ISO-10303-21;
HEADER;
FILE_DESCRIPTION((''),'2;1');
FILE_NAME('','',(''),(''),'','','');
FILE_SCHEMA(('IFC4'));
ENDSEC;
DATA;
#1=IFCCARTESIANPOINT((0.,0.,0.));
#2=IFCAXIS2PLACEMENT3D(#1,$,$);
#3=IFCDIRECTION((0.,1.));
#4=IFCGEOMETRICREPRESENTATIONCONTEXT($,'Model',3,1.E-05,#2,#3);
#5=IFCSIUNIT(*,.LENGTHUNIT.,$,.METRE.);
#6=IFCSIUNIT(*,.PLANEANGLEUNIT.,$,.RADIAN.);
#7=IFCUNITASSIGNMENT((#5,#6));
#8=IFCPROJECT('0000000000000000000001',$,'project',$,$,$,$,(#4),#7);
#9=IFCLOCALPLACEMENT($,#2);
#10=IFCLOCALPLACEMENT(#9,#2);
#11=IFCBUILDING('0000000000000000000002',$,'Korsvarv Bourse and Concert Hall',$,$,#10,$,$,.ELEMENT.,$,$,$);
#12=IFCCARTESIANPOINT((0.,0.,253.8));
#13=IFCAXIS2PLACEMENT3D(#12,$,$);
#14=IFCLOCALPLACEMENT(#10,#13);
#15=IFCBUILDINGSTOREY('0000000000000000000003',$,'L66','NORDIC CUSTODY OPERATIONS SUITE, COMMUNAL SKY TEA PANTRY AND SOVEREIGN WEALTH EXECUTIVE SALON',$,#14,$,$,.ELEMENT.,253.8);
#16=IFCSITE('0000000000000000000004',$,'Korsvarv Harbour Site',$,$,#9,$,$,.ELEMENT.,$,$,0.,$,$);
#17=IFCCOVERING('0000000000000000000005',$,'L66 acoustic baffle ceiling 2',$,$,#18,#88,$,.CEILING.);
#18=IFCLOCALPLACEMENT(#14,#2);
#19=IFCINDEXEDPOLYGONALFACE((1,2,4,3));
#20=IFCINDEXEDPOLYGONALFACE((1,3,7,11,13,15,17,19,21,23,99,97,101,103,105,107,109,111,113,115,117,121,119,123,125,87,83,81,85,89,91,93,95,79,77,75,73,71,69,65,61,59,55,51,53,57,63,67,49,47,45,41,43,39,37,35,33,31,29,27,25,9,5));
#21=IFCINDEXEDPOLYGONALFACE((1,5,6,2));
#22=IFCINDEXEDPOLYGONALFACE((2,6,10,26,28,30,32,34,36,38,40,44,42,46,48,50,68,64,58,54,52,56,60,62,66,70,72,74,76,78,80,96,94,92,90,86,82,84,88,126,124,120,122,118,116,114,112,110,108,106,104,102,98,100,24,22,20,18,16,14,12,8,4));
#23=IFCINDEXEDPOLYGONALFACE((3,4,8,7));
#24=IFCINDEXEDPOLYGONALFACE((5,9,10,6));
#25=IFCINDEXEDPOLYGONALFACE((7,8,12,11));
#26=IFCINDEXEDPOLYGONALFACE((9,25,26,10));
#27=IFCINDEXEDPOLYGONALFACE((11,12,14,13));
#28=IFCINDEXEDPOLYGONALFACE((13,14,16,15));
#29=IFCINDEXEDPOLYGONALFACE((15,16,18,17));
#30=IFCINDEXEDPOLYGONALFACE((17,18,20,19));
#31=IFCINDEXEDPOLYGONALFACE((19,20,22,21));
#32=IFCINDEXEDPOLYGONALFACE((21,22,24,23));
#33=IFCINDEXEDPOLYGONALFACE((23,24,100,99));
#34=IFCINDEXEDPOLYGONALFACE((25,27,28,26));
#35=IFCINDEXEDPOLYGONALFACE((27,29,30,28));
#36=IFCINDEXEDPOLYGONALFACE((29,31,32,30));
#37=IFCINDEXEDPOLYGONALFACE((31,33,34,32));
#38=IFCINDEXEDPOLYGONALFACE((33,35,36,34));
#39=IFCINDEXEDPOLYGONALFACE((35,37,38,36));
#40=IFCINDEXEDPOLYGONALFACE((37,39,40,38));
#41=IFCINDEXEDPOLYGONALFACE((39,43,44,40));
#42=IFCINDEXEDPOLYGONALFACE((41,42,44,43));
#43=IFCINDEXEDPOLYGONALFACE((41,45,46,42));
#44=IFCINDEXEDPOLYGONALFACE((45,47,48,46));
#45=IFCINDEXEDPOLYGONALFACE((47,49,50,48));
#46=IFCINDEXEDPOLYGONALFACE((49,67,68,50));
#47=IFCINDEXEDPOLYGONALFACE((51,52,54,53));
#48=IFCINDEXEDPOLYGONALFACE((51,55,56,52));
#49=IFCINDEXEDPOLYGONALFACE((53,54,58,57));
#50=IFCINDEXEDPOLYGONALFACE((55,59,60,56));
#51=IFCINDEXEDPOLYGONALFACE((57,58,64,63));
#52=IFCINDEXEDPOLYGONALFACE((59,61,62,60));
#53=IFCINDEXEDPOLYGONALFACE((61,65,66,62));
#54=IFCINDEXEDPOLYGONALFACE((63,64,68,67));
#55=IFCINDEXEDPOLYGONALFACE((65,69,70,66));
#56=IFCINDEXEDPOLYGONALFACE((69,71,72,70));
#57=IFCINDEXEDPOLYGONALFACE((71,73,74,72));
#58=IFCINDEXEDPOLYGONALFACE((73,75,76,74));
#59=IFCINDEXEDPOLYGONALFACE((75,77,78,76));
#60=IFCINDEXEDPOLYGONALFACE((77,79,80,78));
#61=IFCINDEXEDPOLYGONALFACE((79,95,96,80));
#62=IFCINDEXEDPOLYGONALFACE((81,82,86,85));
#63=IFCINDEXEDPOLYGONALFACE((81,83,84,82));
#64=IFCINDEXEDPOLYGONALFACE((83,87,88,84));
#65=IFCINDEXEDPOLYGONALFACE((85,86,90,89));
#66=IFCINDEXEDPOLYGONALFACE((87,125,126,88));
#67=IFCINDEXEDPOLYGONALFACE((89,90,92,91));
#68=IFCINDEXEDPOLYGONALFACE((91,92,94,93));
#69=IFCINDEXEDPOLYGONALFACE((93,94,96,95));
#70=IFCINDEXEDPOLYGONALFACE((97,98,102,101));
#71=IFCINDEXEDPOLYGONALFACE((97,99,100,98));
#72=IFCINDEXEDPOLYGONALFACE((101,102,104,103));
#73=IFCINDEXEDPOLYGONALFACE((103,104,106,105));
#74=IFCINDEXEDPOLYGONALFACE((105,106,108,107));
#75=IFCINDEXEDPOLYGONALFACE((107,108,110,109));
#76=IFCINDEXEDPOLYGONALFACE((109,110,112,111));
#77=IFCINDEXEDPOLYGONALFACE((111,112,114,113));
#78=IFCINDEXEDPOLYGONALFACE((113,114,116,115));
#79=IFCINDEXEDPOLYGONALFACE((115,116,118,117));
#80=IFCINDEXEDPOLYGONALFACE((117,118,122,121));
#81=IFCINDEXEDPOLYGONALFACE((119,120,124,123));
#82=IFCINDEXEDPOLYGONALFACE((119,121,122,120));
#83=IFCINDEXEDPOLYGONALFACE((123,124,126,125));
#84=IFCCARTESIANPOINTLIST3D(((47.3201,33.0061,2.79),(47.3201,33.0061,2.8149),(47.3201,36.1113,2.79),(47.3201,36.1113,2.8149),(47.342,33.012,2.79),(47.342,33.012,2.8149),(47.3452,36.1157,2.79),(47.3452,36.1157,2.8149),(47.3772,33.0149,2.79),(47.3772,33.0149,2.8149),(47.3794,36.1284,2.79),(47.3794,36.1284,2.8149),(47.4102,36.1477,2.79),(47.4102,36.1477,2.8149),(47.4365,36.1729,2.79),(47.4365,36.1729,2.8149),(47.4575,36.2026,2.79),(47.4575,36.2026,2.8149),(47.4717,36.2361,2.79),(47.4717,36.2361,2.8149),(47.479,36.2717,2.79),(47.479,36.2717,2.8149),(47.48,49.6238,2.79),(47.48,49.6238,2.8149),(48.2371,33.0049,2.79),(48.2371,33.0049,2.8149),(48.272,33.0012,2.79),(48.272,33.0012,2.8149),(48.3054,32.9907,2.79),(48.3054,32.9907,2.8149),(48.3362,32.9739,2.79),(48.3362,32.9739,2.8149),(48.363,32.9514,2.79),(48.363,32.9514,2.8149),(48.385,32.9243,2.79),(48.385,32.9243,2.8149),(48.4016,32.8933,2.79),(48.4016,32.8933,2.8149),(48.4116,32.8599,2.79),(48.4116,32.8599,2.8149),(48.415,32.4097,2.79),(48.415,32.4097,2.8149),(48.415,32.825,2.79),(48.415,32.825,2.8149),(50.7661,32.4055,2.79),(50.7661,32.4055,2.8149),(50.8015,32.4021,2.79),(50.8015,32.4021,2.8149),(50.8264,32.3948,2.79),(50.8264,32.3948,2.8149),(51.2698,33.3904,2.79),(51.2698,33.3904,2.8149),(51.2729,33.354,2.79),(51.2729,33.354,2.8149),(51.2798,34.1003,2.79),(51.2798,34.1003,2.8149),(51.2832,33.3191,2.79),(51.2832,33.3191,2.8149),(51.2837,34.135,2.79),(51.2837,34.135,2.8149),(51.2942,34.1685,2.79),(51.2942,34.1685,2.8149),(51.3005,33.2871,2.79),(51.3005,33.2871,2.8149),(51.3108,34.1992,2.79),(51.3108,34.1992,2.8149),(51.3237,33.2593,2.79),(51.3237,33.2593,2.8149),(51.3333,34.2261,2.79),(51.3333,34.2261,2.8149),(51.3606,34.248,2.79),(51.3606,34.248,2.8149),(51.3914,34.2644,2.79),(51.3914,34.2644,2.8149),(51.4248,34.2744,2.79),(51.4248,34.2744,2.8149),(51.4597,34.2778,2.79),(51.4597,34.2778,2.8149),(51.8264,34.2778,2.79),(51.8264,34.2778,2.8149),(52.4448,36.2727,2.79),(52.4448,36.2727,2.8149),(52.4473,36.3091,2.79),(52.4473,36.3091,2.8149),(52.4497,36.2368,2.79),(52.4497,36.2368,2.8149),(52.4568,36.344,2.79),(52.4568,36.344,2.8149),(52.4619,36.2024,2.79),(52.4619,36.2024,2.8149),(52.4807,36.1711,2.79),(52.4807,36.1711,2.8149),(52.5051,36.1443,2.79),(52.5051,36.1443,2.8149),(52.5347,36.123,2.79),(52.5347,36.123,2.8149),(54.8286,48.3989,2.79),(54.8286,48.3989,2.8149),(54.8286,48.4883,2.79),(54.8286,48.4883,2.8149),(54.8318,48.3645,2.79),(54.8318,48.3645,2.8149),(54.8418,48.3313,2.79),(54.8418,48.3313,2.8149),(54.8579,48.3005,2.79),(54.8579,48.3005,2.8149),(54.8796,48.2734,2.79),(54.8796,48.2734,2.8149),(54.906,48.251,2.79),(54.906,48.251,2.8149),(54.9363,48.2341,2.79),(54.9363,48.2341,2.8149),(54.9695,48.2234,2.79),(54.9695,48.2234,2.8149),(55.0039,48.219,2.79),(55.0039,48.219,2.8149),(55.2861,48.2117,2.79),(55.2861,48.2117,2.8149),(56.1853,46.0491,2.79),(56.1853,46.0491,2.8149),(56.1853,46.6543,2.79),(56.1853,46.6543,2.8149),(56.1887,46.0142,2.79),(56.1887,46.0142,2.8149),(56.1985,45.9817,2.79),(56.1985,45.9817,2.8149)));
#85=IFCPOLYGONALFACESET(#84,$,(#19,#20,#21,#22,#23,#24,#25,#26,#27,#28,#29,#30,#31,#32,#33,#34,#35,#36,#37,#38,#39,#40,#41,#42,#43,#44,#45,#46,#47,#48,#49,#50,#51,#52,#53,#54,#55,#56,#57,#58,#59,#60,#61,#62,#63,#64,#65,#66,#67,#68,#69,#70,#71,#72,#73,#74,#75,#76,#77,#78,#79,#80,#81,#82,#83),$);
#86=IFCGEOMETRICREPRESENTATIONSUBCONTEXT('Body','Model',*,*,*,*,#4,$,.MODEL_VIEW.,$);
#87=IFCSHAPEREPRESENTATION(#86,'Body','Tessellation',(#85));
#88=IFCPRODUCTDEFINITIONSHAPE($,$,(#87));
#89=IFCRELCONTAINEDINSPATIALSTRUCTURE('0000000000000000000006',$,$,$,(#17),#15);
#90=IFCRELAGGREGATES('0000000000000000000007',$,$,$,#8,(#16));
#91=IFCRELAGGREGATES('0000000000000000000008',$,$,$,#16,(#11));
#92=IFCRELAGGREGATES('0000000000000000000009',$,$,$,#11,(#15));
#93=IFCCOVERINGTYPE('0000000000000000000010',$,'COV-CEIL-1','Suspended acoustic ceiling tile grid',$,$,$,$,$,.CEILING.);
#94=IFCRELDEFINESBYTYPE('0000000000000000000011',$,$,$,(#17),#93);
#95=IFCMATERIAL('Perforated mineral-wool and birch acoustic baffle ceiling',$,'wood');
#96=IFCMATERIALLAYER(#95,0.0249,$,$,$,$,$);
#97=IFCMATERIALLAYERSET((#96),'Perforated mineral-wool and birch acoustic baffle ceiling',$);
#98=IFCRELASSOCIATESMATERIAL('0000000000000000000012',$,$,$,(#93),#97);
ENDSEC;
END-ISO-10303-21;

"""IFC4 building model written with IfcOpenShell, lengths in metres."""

from ifc_helpers import new_model, si_unit, direction, frame, origin, place, context, subcontext, project, spatial, polyline, outline, extrude, material, layer, layer_set, type_object, element, save


model = new_model("IFC4")

# Units and contexts
model_context = context("Model", 3, precision=1e-05, world=origin(), true_north=direction((0.0, 1.0)))
body_context = subcontext(model_context, "Body", "Model", "MODEL_VIEW")
ifc_project = project(units=[si_unit("LENGTHUNIT", "METRE"), si_unit("PLANEANGLEUNIT", "RADIAN")], contexts=[model_context])

# Site, building, storey
site_placement = place(None, origin())
site = spatial("IfcSite", under=ifc_project, at=site_placement, Name="Korsvarv Harbour Site", CompositionType="ELEMENT", RefElevation=0.0)
building_placement = place(site_placement, origin())
building = spatial("IfcBuilding", under=site, at=building_placement, Name="Korsvarv Bourse and Concert Hall", CompositionType="ELEMENT")
storey_placement = place(building_placement, frame((0.0, 0.0, 253.8)))
storey = spatial("IfcBuildingStorey", under=building, at=storey_placement, Name="L66", Description="NORDIC CUSTODY OPERATIONS SUITE, COMMUNAL SKY TEA PANTRY AND SOVEREIGN WEALTH EXECUTIVE SALON", CompositionType="ELEMENT", Elevation=253.8)

# Covering
ifc_material_1 = material(Name="Perforated mineral-wool and birch acoustic baffle ceiling", Category="wood")
ifc_layer_1 = layer(ifc_material_1, 0.0249)
ifc_layer_set_1 = layer_set([ifc_layer_1], Name="Perforated mineral-wool and birch acoustic baffle ceiling")
covering_type_1 = type_object("IfcCoveringType", Name="COV-CEIL-1", Description="Suspended acoustic ceiling tile grid", PredefinedType="CEILING", material=ifc_layer_set_1)
covering_1_placement = place(storey_placement, frame((0.0, 0.0, 2.79)))
element("IfcCovering", 1, at=covering_1_placement, inside=storey, type_object=covering_type_1, Name="L66 acoustic baffle ceiling 2", PredefinedType="CEILING", context=body_context, shape_type="SweptSolid", body=[
    extrude(outline(polyline([(47.3201, 36.1113), (47.3452, 36.1157), (47.3794, 36.1284), (47.4102, 36.1477), (47.4365, 36.1729), (47.4575, 36.2026), (47.4717, 36.2361), (47.479, 36.2717), (47.48, 49.6238), (54.8286, 48.4883), (54.8286, 48.3989), (54.8318, 48.3645), (54.8418, 48.3313), (54.8579, 48.3005), (54.8796, 48.2734), (54.906, 48.251), (54.9363, 48.2341), (54.9695, 48.2234), (55.0039, 48.219), (55.2861, 48.2117), (56.1853, 46.6543), (56.1853, 46.0491), (56.1887, 46.0142), (56.1985, 45.9817), (52.4568, 36.344), (52.4473, 36.3091), (52.4448, 36.2727), (52.4497, 36.2368), (52.4619, 36.2024), (52.4807, 36.1711), (52.5051, 36.1443), (52.5347, 36.123), (51.8264, 34.2778), (51.4597, 34.2778), (51.4248, 34.2744), (51.3914, 34.2644), (51.3606, 34.248), (51.3333, 34.2261), (51.3108, 34.1992), (51.2942, 34.1685), (51.2837, 34.135), (51.2798, 34.1003), (51.2698, 33.3904), (51.2729, 33.354), (51.2832, 33.3191), (51.3005, 33.2871), (51.3237, 33.2593), (50.8264, 32.3948), (50.8015, 32.4021), (50.7661, 32.4055), (48.415, 32.4097), (48.415, 32.825), (48.4116, 32.8599), (48.4016, 32.8933), (48.385, 32.9243), (48.363, 32.9514), (48.3362, 32.9739), (48.3054, 32.9907), (48.272, 33.0012), (48.2371, 33.0049), (47.3772, 33.0149), (47.342, 33.012), (47.3201, 33.0061), (47.3201, 36.1113)])), origin(), (0.0, 0.0, 1.0), 0.0249),
])

save(model, "model.ifc")
